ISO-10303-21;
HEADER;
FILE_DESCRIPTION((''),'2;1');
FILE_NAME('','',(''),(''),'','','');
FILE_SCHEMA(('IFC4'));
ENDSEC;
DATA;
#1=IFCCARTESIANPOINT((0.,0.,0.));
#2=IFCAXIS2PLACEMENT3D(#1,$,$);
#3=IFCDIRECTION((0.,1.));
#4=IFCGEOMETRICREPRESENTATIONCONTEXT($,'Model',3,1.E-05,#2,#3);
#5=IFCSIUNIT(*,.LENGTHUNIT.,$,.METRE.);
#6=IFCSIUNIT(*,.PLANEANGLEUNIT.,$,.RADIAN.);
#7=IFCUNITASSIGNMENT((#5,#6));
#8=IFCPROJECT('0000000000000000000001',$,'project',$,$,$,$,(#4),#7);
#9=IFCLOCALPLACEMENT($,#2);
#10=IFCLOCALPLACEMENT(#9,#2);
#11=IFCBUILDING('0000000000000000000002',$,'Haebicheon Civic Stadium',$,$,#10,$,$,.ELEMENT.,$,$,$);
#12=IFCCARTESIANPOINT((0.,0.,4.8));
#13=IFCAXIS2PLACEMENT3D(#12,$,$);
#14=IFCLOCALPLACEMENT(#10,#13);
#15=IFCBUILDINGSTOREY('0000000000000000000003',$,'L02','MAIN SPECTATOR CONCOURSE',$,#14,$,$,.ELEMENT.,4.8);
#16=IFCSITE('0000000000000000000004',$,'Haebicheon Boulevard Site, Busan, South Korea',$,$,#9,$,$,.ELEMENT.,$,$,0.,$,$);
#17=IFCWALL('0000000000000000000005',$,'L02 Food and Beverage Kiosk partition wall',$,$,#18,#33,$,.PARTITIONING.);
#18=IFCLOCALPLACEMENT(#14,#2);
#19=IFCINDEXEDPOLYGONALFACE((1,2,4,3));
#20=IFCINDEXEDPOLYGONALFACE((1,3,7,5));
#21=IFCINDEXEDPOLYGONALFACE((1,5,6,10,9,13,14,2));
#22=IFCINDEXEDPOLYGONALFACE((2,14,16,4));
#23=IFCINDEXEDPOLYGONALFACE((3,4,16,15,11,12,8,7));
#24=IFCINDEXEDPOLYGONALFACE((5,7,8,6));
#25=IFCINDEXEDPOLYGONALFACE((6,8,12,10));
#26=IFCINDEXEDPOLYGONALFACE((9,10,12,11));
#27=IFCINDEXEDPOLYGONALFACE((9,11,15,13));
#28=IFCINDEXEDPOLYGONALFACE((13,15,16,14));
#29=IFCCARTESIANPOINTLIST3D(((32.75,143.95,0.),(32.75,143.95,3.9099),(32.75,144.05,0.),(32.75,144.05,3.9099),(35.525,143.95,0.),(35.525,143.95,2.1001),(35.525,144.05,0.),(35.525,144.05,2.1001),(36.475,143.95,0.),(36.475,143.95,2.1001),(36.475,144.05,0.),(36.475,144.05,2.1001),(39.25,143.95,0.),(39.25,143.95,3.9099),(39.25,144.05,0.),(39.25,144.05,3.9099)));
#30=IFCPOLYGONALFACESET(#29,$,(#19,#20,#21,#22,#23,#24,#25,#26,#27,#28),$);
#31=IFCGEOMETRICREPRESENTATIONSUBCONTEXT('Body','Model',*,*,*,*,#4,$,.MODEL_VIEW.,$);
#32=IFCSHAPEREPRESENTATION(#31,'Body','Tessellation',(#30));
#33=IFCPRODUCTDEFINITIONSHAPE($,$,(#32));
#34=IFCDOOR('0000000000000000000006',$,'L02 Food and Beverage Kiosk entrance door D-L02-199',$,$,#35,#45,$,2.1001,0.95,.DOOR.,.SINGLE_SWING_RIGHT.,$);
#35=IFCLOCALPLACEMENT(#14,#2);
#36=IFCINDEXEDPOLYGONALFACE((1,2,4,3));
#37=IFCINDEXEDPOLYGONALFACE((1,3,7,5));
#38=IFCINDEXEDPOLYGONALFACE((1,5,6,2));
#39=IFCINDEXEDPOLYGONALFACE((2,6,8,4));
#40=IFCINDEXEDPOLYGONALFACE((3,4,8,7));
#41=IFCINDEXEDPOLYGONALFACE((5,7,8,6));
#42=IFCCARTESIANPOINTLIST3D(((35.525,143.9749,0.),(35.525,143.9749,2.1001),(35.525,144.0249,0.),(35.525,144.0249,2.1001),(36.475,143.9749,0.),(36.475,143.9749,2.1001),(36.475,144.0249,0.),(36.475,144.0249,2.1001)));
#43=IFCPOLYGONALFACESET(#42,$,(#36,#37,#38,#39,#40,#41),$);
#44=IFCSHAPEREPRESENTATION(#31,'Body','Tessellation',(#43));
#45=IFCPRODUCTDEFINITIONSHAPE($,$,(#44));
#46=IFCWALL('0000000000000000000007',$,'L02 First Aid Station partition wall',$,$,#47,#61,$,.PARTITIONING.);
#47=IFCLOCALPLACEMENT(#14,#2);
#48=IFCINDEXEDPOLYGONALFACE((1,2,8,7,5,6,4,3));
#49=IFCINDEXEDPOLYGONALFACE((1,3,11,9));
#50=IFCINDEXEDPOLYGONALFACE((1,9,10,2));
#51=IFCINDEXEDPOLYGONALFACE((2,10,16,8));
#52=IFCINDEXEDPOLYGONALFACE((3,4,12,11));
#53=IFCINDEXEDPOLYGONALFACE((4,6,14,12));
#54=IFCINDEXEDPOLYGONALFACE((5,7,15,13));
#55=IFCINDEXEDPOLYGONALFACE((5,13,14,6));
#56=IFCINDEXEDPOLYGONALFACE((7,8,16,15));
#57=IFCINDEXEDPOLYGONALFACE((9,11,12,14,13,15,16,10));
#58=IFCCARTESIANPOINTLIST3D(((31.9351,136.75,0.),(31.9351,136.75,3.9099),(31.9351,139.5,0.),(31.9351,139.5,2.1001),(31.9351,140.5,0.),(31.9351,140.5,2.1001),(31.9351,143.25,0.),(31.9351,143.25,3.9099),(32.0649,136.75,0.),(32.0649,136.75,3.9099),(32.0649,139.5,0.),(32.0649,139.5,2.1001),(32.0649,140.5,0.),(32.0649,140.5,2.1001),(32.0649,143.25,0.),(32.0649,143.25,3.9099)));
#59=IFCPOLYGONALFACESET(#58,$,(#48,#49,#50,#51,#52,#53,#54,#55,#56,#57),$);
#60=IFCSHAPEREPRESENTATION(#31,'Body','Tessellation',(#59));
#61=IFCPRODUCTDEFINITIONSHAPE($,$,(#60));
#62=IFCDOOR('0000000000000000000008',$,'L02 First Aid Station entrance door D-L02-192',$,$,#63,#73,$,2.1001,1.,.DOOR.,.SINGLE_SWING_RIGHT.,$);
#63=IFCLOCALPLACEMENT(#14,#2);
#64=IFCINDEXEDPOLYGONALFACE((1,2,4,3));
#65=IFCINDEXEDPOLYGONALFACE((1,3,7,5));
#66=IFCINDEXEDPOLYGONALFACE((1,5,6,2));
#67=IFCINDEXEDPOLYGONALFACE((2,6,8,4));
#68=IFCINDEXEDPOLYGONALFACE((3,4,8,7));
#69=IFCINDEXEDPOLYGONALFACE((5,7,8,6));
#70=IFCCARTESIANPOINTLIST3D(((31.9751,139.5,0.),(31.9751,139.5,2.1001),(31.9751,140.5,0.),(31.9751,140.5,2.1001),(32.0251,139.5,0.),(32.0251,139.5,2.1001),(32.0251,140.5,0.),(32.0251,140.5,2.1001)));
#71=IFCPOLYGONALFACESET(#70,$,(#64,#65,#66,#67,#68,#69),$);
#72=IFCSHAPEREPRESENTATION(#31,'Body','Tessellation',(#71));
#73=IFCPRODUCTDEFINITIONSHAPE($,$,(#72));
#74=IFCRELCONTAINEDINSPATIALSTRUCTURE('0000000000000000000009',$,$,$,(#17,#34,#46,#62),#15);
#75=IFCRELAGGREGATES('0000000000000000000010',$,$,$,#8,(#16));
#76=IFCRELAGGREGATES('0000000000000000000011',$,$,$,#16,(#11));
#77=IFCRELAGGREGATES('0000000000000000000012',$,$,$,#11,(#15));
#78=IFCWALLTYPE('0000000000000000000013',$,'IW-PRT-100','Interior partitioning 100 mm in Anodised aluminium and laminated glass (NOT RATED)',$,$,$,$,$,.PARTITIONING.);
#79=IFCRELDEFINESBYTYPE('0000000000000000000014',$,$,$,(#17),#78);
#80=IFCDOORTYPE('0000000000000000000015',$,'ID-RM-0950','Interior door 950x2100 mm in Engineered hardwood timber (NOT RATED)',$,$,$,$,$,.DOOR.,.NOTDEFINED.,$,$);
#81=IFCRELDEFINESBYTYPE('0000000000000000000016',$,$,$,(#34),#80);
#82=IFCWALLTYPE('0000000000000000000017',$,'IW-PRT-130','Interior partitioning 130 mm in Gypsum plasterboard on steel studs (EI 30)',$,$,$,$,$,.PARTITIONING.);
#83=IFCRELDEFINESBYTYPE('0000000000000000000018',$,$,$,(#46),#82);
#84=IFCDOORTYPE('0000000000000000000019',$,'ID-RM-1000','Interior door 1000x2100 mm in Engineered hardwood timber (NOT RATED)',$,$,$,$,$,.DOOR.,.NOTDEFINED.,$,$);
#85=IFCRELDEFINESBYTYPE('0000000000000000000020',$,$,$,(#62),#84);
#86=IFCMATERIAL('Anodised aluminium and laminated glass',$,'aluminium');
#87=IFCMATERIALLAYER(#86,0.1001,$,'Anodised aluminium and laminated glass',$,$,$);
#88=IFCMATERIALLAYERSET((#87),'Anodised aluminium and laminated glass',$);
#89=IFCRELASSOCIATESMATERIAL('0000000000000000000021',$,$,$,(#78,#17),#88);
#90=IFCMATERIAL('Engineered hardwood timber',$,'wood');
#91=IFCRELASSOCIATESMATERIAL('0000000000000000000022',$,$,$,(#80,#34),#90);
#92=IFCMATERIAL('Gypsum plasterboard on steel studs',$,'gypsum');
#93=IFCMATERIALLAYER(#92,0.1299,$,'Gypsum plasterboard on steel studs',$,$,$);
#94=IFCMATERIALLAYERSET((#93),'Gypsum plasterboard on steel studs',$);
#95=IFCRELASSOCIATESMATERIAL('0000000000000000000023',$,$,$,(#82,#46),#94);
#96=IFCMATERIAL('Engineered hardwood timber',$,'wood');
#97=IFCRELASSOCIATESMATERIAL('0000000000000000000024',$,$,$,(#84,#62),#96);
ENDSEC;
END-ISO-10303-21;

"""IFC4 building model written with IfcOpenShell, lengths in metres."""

from ifc_helpers import new_model, si_unit, direction, frame, frame_2d, origin, place, context, subcontext, project, spatial, rectangle, extrude, material, layer, layer_set, type_object, element, fill, save


model = new_model("IFC4")

# Units and contexts
model_context = context("Model", 3, precision=1e-05, world=origin(), true_north=direction((0.0, 1.0)))
body_context = subcontext(model_context, "Body", "Model", "MODEL_VIEW")
ifc_project = project(units=[si_unit("LENGTHUNIT", "METRE"), si_unit("PLANEANGLEUNIT", "RADIAN")], contexts=[model_context])

# Site, building, storey
site_placement = place(None, origin())
site = spatial("IfcSite", under=ifc_project, at=site_placement, Name="Haebicheon Boulevard Site, Busan, South Korea", CompositionType="ELEMENT", RefElevation=0.0)
building_placement = place(site_placement, origin())
building = spatial("IfcBuilding", under=site, at=building_placement, Name="Haebicheon Civic Stadium", CompositionType="ELEMENT")
storey_placement = place(building_placement, frame((0.0, 0.0, 4.8)))
storey = spatial("IfcBuildingStorey", under=building, at=storey_placement, Name="L02", Description="MAIN SPECTATOR CONCOURSE", CompositionType="ELEMENT", Elevation=4.8)

# Walls, openings, doors
ifc_material_1 = material(Name="Anodised aluminium and laminated glass", Category="aluminium")
ifc_layer_1 = layer(ifc_material_1, 0.1001, Name="Anodised aluminium and laminated glass")
ifc_layer_set_1 = layer_set([ifc_layer_1], Name="Anodised aluminium and laminated glass")
wall_type_1 = type_object("IfcWallType", Name="IW-PRT-100", Description="Interior partitioning 100 mm in Anodised aluminium and laminated glass (NOT RATED)", PredefinedType="PARTITIONING", material=ifc_layer_set_1)
wall_1_placement = place(storey_placement, frame((32.75, 144.0, 0.0), z_axis=(0.0, 0.0, 1.0), x_axis=(1.0, 0.0, 0.0)))
wall_1 = element("IfcWall", 1, at=wall_1_placement, inside=storey, type_object=wall_type_1, material=ifc_layer_set_1, Name="L02 Food and Beverage Kiosk partition wall", PredefinedType="PARTITIONING", context=body_context, shape_type="SweptSolid", body=[
    extrude(rectangle(XDim=6.5, YDim=0.1001, at=frame_2d((3.25, 0.0))), origin(), (0.0, 0.0, 1.0), 3.9099),
])
opening_1_placement = place(wall_1_placement, frame((2.7749, 0.0, 0.0)))
opening_1 = element("IfcOpeningElement", 2, at=opening_1_placement, cuts=wall_1, PredefinedType="OPENING", context=body_context, shape_type="SweptSolid", body=[
    extrude(rectangle(XDim=0.95, YDim=2.1001, at=frame_2d((0.4751, 1.05))), frame((0.0, 0.0601, 0.0), z_axis=(0.0, -1.0, 0.0), x_axis=(1.0, 0.0, 0.0)), (0.0, 0.0, 1.0), 0.1201),
])
ifc_material_2 = material(Name="Engineered hardwood timber", Category="wood")
door_type_1 = type_object("IfcDoorType", Name="ID-RM-0950", Description="Interior door 950x2100 mm in Engineered hardwood timber (NOT RATED)", OperationType="NOTDEFINED", PredefinedType="DOOR", material=ifc_material_2)
door_1_placement = place(opening_1_placement, origin())
door_1 = element("IfcDoor", 3, at=door_1_placement, inside=storey, type_object=door_type_1, material=ifc_material_2, Name="L02 Food and Beverage Kiosk entrance door D-L02-199", OperationType="SINGLE_SWING_RIGHT", OverallHeight=2.1001, OverallWidth=0.95, PredefinedType="DOOR", context=body_context, shape_type="SweptSolid", body=[
    extrude(rectangle(XDim=0.95, YDim=2.1001, at=frame_2d((0.4751, 1.05))), frame((0.0, 0.0249, 0.0), z_axis=(0.0, -1.0, 0.0), x_axis=(1.0, 0.0, 0.0)), (0.0, 0.0, 1.0), 0.05),
])
fill(opening_1, door_1)
ifc_material_3 = material(Name="Gypsum plasterboard on steel studs", Category="gypsum")
ifc_layer_2 = layer(ifc_material_3, 0.1299, Name="Gypsum plasterboard on steel studs")
ifc_layer_set_2 = layer_set([ifc_layer_2], Name="Gypsum plasterboard on steel studs")
wall_type_2 = type_object("IfcWallType", Name="IW-PRT-130", Description="Interior partitioning 130 mm in Gypsum plasterboard on steel studs (EI 30)", PredefinedType="PARTITIONING", material=ifc_layer_set_2)
wall_2_placement = place(storey_placement, frame((32.0, 136.75, 0.0), z_axis=(0.0, 0.0, 1.0), x_axis=(0.0, 1.0, 0.0)))
wall_2 = element("IfcWall", 4, at=wall_2_placement, inside=storey, type_object=wall_type_2, material=ifc_layer_set_2, Name="L02 First Aid Station partition wall", PredefinedType="PARTITIONING", context=body_context, shape_type="SweptSolid", body=[
    extrude(rectangle(XDim=6.5, YDim=0.1299, at=frame_2d((3.25, 0.0))), origin(), (0.0, 0.0, 1.0), 3.9099),
])
opening_2_placement = place(wall_2_placement, frame((2.75, 0.0, 0.0)))
opening_2 = element("IfcOpeningElement", 5, at=opening_2_placement, cuts=wall_2, PredefinedType="OPENING", context=body_context, shape_type="SweptSolid", body=[
    extrude(rectangle(XDim=1.0, YDim=2.1001, at=frame_2d((0.5, 1.05))), frame((0.0, 0.075, 0.0), z_axis=(0.0, -1.0, 0.0), x_axis=(1.0, 0.0, 0.0)), (0.0, 0.0, 1.0), 0.1499),
])
ifc_material_4 = material(Name="Engineered hardwood timber", Category="wood")
door_type_2 = type_object("IfcDoorType", Name="ID-RM-1000", Description="Interior door 1000x2100 mm in Engineered hardwood timber (NOT RATED)", OperationType="NOTDEFINED", PredefinedType="DOOR", material=ifc_material_4)
door_2_placement = place(opening_2_placement, origin())
door_2 = element("IfcDoor", 6, at=door_2_placement, inside=storey, type_object=door_type_2, material=ifc_material_4, Name="L02 First Aid Station entrance door D-L02-192", OperationType="SINGLE_SWING_RIGHT", OverallHeight=2.1001, OverallWidth=1.0, PredefinedType="DOOR", context=body_context, shape_type="SweptSolid", body=[
    extrude(rectangle(XDim=1.0, YDim=2.1001, at=frame_2d((0.5, 1.05))), frame((0.0, 0.0249, 0.0), z_axis=(0.0, -1.0, 0.0), x_axis=(1.0, 0.0, 0.0)), (0.0, 0.0, 1.0), 0.05),
])
fill(opening_2, door_2)

save(model, "model.ifc")
